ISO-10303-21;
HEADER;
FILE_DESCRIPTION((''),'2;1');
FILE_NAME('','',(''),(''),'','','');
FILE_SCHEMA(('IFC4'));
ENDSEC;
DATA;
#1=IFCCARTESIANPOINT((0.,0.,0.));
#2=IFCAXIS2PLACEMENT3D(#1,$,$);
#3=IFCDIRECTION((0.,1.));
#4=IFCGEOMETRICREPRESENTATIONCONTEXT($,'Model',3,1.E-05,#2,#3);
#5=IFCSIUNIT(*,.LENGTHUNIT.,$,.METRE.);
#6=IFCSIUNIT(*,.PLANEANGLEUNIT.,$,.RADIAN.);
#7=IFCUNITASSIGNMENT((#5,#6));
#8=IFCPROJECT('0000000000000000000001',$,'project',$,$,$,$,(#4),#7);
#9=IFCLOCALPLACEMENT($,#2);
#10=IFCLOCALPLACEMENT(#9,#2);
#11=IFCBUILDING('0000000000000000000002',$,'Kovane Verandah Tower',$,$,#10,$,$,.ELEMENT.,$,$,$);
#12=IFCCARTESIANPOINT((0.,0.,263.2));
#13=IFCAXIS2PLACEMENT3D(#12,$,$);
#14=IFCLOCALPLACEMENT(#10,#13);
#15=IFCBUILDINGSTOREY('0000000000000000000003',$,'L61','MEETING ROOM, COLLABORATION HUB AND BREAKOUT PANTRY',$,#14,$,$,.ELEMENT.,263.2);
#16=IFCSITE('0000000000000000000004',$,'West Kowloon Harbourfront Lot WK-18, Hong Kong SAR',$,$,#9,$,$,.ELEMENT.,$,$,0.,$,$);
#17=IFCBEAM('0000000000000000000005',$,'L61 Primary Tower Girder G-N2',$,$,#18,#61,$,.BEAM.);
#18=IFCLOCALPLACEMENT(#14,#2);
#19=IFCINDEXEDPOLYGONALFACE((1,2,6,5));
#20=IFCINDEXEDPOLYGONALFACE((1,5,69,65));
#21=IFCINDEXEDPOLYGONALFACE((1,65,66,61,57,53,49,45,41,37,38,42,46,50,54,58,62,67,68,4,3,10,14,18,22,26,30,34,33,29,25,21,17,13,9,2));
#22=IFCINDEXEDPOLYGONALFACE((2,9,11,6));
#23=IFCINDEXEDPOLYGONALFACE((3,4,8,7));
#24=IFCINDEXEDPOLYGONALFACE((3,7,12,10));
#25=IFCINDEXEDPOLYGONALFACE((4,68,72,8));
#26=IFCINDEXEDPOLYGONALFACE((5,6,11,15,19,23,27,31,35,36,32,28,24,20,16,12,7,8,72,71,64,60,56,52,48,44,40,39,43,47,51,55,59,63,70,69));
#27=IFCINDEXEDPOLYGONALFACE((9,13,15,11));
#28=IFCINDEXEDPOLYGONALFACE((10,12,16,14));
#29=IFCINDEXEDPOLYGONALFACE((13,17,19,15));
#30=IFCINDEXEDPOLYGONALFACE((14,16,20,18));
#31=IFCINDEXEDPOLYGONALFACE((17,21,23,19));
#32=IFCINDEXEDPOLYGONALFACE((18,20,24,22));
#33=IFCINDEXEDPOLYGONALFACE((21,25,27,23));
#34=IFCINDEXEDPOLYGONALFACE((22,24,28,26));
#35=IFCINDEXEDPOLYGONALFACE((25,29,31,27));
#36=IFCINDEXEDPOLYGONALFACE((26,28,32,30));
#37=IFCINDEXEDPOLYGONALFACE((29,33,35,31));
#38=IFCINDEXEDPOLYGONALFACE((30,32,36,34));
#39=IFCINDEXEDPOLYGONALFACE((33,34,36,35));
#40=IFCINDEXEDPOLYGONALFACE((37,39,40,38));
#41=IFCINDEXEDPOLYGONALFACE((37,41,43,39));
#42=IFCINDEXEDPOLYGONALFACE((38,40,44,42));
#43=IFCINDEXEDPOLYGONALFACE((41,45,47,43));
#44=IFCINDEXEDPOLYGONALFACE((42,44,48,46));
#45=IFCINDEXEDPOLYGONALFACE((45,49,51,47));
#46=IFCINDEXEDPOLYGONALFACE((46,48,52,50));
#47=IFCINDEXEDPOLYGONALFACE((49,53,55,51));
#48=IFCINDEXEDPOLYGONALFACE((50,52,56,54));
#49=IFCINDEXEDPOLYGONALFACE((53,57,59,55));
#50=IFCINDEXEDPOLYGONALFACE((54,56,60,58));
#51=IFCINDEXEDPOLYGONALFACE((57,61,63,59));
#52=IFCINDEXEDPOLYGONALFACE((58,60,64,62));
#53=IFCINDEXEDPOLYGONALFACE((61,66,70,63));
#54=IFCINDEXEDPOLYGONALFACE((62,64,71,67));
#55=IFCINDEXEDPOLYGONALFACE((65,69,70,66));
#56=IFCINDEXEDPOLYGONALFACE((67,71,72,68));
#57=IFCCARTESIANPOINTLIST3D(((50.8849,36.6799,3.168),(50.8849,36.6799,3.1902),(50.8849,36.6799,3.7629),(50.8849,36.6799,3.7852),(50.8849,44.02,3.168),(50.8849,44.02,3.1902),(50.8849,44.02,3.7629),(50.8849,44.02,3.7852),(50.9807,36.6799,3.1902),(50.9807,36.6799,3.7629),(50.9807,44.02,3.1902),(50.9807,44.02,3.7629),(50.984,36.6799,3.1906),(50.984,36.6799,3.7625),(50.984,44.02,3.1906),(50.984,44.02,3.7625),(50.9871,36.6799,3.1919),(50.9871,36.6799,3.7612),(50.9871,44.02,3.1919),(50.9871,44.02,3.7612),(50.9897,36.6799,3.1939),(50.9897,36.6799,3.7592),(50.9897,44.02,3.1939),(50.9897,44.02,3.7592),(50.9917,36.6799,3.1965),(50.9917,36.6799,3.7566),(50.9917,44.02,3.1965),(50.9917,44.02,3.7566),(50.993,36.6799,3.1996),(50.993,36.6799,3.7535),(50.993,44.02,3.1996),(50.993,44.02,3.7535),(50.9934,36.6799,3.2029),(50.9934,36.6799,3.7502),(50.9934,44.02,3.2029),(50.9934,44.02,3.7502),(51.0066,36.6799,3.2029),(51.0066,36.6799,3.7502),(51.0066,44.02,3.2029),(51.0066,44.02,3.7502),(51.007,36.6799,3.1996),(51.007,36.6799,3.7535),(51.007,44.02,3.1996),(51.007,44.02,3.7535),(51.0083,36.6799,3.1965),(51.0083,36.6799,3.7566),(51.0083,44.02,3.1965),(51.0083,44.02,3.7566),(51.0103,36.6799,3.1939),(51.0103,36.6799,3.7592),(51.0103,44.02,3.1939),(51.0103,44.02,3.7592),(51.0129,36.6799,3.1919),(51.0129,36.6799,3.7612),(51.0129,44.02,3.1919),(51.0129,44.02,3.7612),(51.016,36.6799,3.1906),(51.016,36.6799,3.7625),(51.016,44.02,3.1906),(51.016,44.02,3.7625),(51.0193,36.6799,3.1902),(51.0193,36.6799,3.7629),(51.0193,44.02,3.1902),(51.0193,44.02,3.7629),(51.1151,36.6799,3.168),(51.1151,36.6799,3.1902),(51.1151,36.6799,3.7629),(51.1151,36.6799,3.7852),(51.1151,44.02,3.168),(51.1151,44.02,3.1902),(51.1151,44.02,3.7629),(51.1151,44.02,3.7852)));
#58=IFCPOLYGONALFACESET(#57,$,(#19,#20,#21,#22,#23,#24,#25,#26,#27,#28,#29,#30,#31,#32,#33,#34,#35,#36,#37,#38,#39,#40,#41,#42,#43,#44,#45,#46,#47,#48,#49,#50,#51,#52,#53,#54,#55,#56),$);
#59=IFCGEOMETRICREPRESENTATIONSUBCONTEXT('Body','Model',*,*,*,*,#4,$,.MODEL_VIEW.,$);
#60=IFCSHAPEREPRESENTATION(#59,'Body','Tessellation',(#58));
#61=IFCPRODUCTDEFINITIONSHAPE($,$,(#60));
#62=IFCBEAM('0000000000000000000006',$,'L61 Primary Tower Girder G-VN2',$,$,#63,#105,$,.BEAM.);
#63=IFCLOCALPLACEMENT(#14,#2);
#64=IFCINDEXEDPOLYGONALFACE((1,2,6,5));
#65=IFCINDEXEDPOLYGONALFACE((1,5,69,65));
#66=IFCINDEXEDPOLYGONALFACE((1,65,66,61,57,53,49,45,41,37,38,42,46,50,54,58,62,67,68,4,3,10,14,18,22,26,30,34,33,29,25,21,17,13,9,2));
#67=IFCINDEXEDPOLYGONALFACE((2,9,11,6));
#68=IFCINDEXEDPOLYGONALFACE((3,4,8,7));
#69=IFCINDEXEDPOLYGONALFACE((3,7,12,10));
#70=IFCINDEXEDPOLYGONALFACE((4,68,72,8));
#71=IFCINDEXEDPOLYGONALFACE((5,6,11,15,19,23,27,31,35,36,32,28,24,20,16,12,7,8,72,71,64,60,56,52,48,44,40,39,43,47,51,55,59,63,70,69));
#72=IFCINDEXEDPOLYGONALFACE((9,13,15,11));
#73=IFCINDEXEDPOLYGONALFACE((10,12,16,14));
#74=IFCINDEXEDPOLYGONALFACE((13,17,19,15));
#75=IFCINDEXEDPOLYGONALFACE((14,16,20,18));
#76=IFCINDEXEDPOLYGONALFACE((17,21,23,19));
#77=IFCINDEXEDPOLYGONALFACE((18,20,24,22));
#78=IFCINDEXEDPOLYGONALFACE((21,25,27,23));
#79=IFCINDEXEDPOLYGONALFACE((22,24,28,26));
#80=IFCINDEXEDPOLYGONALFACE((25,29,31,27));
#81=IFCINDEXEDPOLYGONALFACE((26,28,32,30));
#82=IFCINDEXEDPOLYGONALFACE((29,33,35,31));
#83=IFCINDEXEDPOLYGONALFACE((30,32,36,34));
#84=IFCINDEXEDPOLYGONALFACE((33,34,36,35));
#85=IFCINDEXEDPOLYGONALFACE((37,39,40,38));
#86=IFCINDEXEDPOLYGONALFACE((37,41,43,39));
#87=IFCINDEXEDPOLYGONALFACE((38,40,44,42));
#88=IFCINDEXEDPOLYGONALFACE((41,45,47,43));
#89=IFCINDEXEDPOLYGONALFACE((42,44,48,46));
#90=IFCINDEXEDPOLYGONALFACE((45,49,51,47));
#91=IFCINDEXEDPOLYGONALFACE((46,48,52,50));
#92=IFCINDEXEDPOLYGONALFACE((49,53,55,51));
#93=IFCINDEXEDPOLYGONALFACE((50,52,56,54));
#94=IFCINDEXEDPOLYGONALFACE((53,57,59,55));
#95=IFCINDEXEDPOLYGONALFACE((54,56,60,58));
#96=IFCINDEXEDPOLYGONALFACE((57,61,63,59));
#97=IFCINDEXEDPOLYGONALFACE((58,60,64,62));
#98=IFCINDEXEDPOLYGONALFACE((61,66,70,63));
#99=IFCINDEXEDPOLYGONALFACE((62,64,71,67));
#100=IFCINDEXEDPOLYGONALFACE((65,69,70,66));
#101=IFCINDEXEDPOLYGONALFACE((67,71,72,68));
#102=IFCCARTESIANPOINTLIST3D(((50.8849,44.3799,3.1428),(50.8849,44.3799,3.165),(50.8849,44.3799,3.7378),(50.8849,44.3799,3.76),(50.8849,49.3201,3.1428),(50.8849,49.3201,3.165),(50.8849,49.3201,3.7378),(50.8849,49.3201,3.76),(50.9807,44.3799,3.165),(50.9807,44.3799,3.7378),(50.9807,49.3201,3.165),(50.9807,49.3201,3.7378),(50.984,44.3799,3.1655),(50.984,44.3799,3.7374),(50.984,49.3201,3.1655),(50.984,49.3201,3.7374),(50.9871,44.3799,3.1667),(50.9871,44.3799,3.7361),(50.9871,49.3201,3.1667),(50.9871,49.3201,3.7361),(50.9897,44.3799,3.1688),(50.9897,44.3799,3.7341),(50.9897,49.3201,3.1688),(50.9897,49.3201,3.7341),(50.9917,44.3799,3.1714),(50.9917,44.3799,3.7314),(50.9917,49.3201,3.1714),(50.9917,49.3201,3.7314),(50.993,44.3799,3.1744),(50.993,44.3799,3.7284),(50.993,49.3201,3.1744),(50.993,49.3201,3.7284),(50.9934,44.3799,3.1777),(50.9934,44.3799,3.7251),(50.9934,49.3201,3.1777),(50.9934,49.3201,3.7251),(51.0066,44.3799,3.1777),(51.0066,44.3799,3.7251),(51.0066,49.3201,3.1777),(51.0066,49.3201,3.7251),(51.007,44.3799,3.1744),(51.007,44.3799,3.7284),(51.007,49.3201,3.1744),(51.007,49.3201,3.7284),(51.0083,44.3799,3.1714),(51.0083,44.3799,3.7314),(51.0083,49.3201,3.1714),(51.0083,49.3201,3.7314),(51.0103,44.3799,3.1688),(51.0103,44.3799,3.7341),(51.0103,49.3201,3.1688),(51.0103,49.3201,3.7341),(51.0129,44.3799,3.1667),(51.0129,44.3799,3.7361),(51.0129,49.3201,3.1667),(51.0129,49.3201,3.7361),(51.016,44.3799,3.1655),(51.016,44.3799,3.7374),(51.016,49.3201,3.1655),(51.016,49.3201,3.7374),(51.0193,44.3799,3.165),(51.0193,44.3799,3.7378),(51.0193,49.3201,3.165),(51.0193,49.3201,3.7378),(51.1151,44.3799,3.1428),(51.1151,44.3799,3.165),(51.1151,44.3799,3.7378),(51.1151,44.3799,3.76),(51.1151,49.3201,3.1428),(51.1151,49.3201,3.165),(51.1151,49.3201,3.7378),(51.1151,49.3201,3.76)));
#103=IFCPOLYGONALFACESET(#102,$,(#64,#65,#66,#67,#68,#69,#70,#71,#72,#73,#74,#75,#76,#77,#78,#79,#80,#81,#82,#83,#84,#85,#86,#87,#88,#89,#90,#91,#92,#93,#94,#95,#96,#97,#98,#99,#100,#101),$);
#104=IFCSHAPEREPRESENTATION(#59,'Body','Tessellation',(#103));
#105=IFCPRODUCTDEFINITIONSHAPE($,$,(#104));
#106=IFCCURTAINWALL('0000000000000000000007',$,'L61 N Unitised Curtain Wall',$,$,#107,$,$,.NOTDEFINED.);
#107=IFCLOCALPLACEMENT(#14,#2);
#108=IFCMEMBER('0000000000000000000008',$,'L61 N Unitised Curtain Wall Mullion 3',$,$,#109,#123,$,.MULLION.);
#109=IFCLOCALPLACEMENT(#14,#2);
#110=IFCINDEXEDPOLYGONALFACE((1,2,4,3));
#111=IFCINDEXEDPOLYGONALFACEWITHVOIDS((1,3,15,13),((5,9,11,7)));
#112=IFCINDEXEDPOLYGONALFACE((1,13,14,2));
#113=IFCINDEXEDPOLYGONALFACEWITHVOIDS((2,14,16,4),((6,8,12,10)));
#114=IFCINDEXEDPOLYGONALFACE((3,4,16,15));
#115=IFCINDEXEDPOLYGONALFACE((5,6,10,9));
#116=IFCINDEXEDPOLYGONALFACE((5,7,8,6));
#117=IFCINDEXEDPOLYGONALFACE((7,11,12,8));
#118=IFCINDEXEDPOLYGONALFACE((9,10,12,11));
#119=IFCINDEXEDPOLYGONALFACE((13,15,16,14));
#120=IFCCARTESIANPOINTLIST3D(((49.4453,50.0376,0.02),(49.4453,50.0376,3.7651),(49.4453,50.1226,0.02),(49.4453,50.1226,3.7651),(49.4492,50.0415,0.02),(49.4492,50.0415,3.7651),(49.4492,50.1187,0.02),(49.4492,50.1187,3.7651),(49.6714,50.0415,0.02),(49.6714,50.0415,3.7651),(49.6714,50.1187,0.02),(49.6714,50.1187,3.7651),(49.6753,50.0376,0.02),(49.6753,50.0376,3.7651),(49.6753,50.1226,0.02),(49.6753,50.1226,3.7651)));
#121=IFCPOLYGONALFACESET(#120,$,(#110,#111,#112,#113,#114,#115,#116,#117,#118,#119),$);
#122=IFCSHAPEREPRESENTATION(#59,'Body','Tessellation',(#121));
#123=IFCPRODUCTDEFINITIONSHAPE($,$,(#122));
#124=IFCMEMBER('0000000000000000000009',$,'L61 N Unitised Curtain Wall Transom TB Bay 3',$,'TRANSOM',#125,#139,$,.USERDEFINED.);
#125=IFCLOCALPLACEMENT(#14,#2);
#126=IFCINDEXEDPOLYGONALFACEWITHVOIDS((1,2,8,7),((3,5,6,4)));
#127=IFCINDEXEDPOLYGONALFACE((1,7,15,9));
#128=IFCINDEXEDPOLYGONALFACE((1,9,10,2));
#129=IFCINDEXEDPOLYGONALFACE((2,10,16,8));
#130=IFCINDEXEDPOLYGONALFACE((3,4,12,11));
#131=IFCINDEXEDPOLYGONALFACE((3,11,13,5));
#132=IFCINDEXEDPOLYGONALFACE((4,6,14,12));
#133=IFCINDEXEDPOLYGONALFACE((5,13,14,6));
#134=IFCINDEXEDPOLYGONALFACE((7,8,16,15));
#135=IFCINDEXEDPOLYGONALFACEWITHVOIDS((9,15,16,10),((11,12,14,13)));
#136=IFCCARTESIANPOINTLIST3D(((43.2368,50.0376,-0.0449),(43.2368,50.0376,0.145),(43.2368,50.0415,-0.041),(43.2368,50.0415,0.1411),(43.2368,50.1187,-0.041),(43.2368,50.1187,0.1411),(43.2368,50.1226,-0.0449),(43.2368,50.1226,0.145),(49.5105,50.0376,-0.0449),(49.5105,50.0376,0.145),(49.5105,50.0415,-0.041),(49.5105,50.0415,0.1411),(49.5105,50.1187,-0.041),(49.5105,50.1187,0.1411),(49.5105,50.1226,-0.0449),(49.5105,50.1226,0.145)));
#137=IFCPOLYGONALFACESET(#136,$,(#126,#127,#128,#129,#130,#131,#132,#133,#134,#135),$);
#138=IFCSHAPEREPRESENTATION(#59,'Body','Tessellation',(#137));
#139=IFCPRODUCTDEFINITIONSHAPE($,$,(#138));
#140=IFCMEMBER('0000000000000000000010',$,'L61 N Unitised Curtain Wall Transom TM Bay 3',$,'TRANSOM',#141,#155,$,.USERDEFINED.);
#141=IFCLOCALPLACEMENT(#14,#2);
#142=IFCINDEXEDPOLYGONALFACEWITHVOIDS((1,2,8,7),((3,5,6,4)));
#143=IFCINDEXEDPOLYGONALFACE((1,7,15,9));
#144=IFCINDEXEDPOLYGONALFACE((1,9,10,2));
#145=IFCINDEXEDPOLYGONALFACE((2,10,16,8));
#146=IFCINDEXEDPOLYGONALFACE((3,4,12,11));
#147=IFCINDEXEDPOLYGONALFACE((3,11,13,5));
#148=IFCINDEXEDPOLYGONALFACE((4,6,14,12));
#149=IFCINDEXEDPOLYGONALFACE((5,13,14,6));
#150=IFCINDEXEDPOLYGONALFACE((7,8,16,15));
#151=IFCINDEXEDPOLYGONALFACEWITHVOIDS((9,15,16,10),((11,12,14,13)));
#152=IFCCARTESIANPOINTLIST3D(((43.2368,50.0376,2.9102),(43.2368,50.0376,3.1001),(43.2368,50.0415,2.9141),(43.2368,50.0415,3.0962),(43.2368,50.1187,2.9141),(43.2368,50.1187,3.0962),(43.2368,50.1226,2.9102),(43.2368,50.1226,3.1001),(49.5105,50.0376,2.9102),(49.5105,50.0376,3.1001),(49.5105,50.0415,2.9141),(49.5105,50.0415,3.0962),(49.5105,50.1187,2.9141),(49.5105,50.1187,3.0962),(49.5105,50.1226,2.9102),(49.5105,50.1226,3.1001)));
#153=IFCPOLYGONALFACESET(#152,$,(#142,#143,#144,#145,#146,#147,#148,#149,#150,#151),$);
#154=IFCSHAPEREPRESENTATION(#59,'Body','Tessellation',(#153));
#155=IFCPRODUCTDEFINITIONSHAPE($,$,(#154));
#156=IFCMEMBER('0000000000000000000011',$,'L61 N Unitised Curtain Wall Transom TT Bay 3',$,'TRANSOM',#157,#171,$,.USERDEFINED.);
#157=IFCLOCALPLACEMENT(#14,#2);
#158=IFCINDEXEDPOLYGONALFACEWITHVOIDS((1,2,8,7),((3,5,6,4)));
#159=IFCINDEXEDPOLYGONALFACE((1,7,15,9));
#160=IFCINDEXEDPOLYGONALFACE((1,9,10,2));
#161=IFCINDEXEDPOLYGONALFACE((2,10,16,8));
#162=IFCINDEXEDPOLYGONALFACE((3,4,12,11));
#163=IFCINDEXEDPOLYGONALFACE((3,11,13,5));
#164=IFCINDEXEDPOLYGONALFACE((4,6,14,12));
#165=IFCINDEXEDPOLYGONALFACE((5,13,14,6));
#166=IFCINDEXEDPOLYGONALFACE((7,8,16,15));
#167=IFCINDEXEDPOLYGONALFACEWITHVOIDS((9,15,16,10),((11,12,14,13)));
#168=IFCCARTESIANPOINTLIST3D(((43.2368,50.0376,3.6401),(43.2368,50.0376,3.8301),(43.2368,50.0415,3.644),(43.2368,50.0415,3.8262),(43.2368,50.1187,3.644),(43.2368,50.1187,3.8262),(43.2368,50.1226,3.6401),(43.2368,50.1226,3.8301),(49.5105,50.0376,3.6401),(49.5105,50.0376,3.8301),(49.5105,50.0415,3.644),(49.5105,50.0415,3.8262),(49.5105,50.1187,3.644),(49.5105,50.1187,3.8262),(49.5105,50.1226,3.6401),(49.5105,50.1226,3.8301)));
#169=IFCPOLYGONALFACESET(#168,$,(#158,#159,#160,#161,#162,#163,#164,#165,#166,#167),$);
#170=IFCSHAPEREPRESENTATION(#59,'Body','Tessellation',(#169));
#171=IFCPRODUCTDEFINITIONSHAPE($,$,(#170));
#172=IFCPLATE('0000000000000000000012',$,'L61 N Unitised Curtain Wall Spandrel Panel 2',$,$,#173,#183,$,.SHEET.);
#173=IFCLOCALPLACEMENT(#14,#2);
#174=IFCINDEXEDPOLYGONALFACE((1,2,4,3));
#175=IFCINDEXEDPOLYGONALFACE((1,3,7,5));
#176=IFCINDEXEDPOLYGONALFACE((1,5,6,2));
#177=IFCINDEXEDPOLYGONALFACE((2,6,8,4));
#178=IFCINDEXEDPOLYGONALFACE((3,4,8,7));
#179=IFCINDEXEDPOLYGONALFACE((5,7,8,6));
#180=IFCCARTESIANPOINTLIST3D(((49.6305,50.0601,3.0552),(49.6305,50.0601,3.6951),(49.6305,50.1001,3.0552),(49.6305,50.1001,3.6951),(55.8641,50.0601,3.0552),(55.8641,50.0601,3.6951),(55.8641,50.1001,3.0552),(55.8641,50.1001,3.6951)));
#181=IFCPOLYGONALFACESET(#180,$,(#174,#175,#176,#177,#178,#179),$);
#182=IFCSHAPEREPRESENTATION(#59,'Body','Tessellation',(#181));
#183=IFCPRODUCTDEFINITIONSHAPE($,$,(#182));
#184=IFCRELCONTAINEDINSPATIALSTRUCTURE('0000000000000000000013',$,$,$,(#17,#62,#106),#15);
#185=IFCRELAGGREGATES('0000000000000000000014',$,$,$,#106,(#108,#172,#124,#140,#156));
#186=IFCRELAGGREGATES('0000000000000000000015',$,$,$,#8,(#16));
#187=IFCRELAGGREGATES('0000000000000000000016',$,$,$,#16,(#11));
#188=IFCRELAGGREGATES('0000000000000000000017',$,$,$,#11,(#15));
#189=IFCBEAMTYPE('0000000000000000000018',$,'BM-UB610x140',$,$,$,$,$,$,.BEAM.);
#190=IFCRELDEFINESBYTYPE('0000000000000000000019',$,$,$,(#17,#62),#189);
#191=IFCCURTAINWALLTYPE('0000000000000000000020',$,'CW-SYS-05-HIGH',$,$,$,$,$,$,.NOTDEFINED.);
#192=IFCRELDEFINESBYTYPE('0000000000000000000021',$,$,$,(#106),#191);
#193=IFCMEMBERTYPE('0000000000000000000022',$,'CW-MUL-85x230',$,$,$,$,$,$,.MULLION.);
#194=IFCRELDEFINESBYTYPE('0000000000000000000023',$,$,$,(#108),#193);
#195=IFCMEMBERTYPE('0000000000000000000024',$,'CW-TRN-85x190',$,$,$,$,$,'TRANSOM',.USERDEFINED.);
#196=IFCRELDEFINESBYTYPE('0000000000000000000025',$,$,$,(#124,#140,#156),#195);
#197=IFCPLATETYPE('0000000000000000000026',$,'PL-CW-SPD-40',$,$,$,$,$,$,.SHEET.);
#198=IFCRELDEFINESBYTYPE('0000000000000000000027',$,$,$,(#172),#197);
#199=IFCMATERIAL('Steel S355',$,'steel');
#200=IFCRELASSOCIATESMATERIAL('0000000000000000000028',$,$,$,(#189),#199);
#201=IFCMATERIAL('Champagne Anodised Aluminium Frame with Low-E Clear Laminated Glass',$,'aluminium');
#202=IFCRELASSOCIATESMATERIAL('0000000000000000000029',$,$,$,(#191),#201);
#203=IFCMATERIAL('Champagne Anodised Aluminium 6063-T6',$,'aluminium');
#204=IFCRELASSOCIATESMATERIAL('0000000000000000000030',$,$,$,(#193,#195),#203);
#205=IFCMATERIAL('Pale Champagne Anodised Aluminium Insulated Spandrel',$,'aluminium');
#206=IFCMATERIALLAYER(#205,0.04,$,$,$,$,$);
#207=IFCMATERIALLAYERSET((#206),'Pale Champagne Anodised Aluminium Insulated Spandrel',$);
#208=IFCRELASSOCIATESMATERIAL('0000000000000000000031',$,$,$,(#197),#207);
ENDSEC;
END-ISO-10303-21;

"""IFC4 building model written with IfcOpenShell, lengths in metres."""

from ifc_helpers import new_model, si_unit, direction, frame, origin, origin_2d, place, context, subcontext, project, spatial, rectangle, hollow_rectangle, i_section, extrude, material, layer, layer_set, material_profile, profile_set, type_object, element, aggregate, save


model = new_model("IFC4")

# Units and contexts
model_context = context("Model", 3, precision=1e-05, world=origin(), true_north=direction((0.0, 1.0)))
body_context = subcontext(model_context, "Body", "Model", "MODEL_VIEW")
ifc_project = project(units=[si_unit("LENGTHUNIT", "METRE"), si_unit("PLANEANGLEUNIT", "RADIAN")], contexts=[model_context])

# Site, building, storey
site_placement = place(None, origin())
site = spatial("IfcSite", under=ifc_project, at=site_placement, Name="West Kowloon Harbourfront Lot WK-18, Hong Kong SAR", CompositionType="ELEMENT", RefElevation=0.0)
building_placement = place(site_placement, origin())
building = spatial("IfcBuilding", under=site, at=building_placement, Name="Kovane Verandah Tower", CompositionType="ELEMENT")
storey_placement = place(building_placement, frame((0.0, 0.0, 263.2)))
storey = spatial("IfcBuildingStorey", under=building, at=storey_placement, Name="L61", Description="MEETING ROOM, COLLABORATION HUB AND BREAKOUT PANTRY", CompositionType="ELEMENT", Elevation=263.2)

# Beams
ifc_material_1 = material(Name="Steel S355", Category="steel")
ifc_material_profile_1 = material_profile(ifc_material_1, i_section(OverallWidth=0.2302, OverallDepth=0.6172, WebThickness=0.0132, FlangeThickness=0.0222, FilletRadius=0.0127, at=origin_2d()), Name="UB610x229x140")
ifc_profile_set_1 = profile_set([ifc_material_profile_1], Name="Steel S355")
beam_type = type_object("IfcBeamType", Name="BM-UB610x140", PredefinedType="BEAM", material=ifc_profile_set_1)
beam_1_placement = place(storey_placement, frame((51.0, 36.6799, 3.4766), z_axis=(0.0, 1.0, 0.0), x_axis=(-1.0, 0.0, 0.0)))
element("IfcBeam", 1, at=beam_1_placement, inside=storey, type_object=beam_type, Name="L61 Primary Tower Girder G-N2", PredefinedType="BEAM", context=body_context, shape_type="SweptSolid", body=[
    extrude(i_section(OverallWidth=0.2302, OverallDepth=0.6172, WebThickness=0.0132, FlangeThickness=0.0222, FilletRadius=0.0127, at=origin_2d()), origin(), (0.0, 0.0, 1.0), 7.3401),
])
beam_2_placement = place(storey_placement, frame((51.0, 44.3799, 3.4514), z_axis=(0.0, 1.0, 0.0), x_axis=(-1.0, 0.0, 0.0)))
element("IfcBeam", 2, at=beam_2_placement, inside=storey, type_object=beam_type, Name="L61 Primary Tower Girder G-VN2", PredefinedType="BEAM", context=body_context, shape_type="SweptSolid", body=[
    extrude(i_section(OverallWidth=0.2302, OverallDepth=0.6172, WebThickness=0.0132, FlangeThickness=0.0222, FilletRadius=0.0127, at=origin_2d()), origin(), (0.0, 0.0, 1.0), 4.9402),
])

# Curtain wall, members, plate
ifc_material_2 = material(Name="Champagne Anodised Aluminium Frame with Low-E Clear Laminated Glass", Category="aluminium")
curtain_wall_type = type_object("IfcCurtainWallType", Name="CW-SYS-05-HIGH", PredefinedType="NOTDEFINED", material=ifc_material_2)
curtain_wall_placement = place(storey_placement, origin())
curtain_wall = element("IfcCurtainWall", 3, at=curtain_wall_placement, inside=storey, type_object=curtain_wall_type, Name="L61 N Unitised Curtain Wall", PredefinedType="NOTDEFINED")
ifc_material_3 = material(Name="Champagne Anodised Aluminium 6063-T6", Category="aluminium")
ifc_material_profile_2 = material_profile(ifc_material_3, hollow_rectangle(XDim=0.085, YDim=0.23, WallThickness=0.0039, at=origin_2d()), Name="AL85x230x4")
ifc_profile_set_2 = profile_set([ifc_material_profile_2], Name="Champagne Anodised Aluminium 6063-T6")
member_type_1 = type_object("IfcMemberType", Name="CW-MUL-85x230", PredefinedType="MULLION", material=ifc_profile_set_2)
member_1_placement = place(storey_placement, frame((49.5603, 50.0801, 0.02), z_axis=(0.0, 0.0, 1.0), x_axis=(0.0, 1.0, 0.0)))
member_1 = element("IfcMember", 4, at=member_1_placement, type_object=member_type_1, Name="L61 N Unitised Curtain Wall Mullion 3", PredefinedType="MULLION", context=body_context, shape_type="SweptSolid", body=[
    extrude(hollow_rectangle(XDim=0.085, YDim=0.23, WallThickness=0.0039, at=origin_2d()), origin(), (0.0, 0.0, 1.0), 3.7451),
])
ifc_material_profile_3 = material_profile(ifc_material_3, hollow_rectangle(XDim=0.085, YDim=0.1899, WallThickness=0.0039, at=origin_2d()), Name="AL85x190x4")
ifc_profile_set_3 = profile_set([ifc_material_profile_3], Name="Champagne Anodised Aluminium 6063-T6")
member_type_2 = type_object("IfcMemberType", Name="CW-TRN-85x190", ElementType="TRANSOM", PredefinedType="USERDEFINED", material=ifc_profile_set_3)
member_2_placement = place(storey_placement, frame((49.5105, 50.0801, 0.05), z_axis=(-1.0, 0.0, 0.0), x_axis=(0.0, -1.0, 0.0)))
member_2 = element("IfcMember", 5, at=member_2_placement, type_object=member_type_2, Name="L61 N Unitised Curtain Wall Transom TB Bay 3", ObjectType="TRANSOM", PredefinedType="USERDEFINED", context=body_context, shape_type="SweptSolid", body=[
    extrude(hollow_rectangle(XDim=0.085, YDim=0.1899, WallThickness=0.0039, at=origin_2d()), origin(), (0.0, 0.0, 1.0), 6.2737),
])
member_3_placement = place(storey_placement, frame((49.5105, 50.0801, 3.0051), z_axis=(-1.0, 0.0, 0.0), x_axis=(0.0, -1.0, 0.0)))
member_3 = element("IfcMember", 6, at=member_3_placement, type_object=member_type_2, Name="L61 N Unitised Curtain Wall Transom TM Bay 3", ObjectType="TRANSOM", PredefinedType="USERDEFINED", context=body_context, shape_type="SweptSolid", body=[
    extrude(hollow_rectangle(XDim=0.085, YDim=0.1899, WallThickness=0.0039, at=origin_2d()), origin(), (0.0, 0.0, 1.0), 6.2737),
])
member_4_placement = place(storey_placement, frame((49.5105, 50.0801, 3.7351), z_axis=(-1.0, 0.0, 0.0), x_axis=(0.0, -1.0, 0.0)))
member_4 = element("IfcMember", 7, at=member_4_placement, type_object=member_type_2, Name="L61 N Unitised Curtain Wall Transom TT Bay 3", ObjectType="TRANSOM", PredefinedType="USERDEFINED", context=body_context, shape_type="SweptSolid", body=[
    extrude(hollow_rectangle(XDim=0.085, YDim=0.1899, WallThickness=0.0039, at=origin_2d()), origin(), (0.0, 0.0, 1.0), 6.2737),
])
ifc_material_4 = material(Name="Pale Champagne Anodised Aluminium Insulated Spandrel", Category="aluminium")
ifc_layer_1 = layer(ifc_material_4, 0.04)
ifc_layer_set_1 = layer_set([ifc_layer_1], Name="Pale Champagne Anodised Aluminium Insulated Spandrel")
plate_type_1 = type_object("IfcPlateType", Name="PL-CW-SPD-40", PredefinedType="SHEET", material=ifc_layer_set_1)
plate_1_placement = place(storey_placement, frame((52.7473, 50.0801, 3.0552), z_axis=(0.0, 0.0, 1.0), x_axis=(-1.0, 0.0, 0.0)))
plate_1 = element("IfcPlate", 8, at=plate_1_placement, type_object=plate_type_1, Name="L61 N Unitised Curtain Wall Spandrel Panel 2", PredefinedType="SHEET", context=body_context, shape_type="SweptSolid", body=[
    extrude(rectangle(XDim=6.2336, YDim=0.04, at=origin_2d()), origin(), (0.0, 0.0, 1.0), 0.6399),
])
aggregate(curtain_wall, [member_1, plate_1, member_2, member_3, member_4])

save(model, "model.ifc")
